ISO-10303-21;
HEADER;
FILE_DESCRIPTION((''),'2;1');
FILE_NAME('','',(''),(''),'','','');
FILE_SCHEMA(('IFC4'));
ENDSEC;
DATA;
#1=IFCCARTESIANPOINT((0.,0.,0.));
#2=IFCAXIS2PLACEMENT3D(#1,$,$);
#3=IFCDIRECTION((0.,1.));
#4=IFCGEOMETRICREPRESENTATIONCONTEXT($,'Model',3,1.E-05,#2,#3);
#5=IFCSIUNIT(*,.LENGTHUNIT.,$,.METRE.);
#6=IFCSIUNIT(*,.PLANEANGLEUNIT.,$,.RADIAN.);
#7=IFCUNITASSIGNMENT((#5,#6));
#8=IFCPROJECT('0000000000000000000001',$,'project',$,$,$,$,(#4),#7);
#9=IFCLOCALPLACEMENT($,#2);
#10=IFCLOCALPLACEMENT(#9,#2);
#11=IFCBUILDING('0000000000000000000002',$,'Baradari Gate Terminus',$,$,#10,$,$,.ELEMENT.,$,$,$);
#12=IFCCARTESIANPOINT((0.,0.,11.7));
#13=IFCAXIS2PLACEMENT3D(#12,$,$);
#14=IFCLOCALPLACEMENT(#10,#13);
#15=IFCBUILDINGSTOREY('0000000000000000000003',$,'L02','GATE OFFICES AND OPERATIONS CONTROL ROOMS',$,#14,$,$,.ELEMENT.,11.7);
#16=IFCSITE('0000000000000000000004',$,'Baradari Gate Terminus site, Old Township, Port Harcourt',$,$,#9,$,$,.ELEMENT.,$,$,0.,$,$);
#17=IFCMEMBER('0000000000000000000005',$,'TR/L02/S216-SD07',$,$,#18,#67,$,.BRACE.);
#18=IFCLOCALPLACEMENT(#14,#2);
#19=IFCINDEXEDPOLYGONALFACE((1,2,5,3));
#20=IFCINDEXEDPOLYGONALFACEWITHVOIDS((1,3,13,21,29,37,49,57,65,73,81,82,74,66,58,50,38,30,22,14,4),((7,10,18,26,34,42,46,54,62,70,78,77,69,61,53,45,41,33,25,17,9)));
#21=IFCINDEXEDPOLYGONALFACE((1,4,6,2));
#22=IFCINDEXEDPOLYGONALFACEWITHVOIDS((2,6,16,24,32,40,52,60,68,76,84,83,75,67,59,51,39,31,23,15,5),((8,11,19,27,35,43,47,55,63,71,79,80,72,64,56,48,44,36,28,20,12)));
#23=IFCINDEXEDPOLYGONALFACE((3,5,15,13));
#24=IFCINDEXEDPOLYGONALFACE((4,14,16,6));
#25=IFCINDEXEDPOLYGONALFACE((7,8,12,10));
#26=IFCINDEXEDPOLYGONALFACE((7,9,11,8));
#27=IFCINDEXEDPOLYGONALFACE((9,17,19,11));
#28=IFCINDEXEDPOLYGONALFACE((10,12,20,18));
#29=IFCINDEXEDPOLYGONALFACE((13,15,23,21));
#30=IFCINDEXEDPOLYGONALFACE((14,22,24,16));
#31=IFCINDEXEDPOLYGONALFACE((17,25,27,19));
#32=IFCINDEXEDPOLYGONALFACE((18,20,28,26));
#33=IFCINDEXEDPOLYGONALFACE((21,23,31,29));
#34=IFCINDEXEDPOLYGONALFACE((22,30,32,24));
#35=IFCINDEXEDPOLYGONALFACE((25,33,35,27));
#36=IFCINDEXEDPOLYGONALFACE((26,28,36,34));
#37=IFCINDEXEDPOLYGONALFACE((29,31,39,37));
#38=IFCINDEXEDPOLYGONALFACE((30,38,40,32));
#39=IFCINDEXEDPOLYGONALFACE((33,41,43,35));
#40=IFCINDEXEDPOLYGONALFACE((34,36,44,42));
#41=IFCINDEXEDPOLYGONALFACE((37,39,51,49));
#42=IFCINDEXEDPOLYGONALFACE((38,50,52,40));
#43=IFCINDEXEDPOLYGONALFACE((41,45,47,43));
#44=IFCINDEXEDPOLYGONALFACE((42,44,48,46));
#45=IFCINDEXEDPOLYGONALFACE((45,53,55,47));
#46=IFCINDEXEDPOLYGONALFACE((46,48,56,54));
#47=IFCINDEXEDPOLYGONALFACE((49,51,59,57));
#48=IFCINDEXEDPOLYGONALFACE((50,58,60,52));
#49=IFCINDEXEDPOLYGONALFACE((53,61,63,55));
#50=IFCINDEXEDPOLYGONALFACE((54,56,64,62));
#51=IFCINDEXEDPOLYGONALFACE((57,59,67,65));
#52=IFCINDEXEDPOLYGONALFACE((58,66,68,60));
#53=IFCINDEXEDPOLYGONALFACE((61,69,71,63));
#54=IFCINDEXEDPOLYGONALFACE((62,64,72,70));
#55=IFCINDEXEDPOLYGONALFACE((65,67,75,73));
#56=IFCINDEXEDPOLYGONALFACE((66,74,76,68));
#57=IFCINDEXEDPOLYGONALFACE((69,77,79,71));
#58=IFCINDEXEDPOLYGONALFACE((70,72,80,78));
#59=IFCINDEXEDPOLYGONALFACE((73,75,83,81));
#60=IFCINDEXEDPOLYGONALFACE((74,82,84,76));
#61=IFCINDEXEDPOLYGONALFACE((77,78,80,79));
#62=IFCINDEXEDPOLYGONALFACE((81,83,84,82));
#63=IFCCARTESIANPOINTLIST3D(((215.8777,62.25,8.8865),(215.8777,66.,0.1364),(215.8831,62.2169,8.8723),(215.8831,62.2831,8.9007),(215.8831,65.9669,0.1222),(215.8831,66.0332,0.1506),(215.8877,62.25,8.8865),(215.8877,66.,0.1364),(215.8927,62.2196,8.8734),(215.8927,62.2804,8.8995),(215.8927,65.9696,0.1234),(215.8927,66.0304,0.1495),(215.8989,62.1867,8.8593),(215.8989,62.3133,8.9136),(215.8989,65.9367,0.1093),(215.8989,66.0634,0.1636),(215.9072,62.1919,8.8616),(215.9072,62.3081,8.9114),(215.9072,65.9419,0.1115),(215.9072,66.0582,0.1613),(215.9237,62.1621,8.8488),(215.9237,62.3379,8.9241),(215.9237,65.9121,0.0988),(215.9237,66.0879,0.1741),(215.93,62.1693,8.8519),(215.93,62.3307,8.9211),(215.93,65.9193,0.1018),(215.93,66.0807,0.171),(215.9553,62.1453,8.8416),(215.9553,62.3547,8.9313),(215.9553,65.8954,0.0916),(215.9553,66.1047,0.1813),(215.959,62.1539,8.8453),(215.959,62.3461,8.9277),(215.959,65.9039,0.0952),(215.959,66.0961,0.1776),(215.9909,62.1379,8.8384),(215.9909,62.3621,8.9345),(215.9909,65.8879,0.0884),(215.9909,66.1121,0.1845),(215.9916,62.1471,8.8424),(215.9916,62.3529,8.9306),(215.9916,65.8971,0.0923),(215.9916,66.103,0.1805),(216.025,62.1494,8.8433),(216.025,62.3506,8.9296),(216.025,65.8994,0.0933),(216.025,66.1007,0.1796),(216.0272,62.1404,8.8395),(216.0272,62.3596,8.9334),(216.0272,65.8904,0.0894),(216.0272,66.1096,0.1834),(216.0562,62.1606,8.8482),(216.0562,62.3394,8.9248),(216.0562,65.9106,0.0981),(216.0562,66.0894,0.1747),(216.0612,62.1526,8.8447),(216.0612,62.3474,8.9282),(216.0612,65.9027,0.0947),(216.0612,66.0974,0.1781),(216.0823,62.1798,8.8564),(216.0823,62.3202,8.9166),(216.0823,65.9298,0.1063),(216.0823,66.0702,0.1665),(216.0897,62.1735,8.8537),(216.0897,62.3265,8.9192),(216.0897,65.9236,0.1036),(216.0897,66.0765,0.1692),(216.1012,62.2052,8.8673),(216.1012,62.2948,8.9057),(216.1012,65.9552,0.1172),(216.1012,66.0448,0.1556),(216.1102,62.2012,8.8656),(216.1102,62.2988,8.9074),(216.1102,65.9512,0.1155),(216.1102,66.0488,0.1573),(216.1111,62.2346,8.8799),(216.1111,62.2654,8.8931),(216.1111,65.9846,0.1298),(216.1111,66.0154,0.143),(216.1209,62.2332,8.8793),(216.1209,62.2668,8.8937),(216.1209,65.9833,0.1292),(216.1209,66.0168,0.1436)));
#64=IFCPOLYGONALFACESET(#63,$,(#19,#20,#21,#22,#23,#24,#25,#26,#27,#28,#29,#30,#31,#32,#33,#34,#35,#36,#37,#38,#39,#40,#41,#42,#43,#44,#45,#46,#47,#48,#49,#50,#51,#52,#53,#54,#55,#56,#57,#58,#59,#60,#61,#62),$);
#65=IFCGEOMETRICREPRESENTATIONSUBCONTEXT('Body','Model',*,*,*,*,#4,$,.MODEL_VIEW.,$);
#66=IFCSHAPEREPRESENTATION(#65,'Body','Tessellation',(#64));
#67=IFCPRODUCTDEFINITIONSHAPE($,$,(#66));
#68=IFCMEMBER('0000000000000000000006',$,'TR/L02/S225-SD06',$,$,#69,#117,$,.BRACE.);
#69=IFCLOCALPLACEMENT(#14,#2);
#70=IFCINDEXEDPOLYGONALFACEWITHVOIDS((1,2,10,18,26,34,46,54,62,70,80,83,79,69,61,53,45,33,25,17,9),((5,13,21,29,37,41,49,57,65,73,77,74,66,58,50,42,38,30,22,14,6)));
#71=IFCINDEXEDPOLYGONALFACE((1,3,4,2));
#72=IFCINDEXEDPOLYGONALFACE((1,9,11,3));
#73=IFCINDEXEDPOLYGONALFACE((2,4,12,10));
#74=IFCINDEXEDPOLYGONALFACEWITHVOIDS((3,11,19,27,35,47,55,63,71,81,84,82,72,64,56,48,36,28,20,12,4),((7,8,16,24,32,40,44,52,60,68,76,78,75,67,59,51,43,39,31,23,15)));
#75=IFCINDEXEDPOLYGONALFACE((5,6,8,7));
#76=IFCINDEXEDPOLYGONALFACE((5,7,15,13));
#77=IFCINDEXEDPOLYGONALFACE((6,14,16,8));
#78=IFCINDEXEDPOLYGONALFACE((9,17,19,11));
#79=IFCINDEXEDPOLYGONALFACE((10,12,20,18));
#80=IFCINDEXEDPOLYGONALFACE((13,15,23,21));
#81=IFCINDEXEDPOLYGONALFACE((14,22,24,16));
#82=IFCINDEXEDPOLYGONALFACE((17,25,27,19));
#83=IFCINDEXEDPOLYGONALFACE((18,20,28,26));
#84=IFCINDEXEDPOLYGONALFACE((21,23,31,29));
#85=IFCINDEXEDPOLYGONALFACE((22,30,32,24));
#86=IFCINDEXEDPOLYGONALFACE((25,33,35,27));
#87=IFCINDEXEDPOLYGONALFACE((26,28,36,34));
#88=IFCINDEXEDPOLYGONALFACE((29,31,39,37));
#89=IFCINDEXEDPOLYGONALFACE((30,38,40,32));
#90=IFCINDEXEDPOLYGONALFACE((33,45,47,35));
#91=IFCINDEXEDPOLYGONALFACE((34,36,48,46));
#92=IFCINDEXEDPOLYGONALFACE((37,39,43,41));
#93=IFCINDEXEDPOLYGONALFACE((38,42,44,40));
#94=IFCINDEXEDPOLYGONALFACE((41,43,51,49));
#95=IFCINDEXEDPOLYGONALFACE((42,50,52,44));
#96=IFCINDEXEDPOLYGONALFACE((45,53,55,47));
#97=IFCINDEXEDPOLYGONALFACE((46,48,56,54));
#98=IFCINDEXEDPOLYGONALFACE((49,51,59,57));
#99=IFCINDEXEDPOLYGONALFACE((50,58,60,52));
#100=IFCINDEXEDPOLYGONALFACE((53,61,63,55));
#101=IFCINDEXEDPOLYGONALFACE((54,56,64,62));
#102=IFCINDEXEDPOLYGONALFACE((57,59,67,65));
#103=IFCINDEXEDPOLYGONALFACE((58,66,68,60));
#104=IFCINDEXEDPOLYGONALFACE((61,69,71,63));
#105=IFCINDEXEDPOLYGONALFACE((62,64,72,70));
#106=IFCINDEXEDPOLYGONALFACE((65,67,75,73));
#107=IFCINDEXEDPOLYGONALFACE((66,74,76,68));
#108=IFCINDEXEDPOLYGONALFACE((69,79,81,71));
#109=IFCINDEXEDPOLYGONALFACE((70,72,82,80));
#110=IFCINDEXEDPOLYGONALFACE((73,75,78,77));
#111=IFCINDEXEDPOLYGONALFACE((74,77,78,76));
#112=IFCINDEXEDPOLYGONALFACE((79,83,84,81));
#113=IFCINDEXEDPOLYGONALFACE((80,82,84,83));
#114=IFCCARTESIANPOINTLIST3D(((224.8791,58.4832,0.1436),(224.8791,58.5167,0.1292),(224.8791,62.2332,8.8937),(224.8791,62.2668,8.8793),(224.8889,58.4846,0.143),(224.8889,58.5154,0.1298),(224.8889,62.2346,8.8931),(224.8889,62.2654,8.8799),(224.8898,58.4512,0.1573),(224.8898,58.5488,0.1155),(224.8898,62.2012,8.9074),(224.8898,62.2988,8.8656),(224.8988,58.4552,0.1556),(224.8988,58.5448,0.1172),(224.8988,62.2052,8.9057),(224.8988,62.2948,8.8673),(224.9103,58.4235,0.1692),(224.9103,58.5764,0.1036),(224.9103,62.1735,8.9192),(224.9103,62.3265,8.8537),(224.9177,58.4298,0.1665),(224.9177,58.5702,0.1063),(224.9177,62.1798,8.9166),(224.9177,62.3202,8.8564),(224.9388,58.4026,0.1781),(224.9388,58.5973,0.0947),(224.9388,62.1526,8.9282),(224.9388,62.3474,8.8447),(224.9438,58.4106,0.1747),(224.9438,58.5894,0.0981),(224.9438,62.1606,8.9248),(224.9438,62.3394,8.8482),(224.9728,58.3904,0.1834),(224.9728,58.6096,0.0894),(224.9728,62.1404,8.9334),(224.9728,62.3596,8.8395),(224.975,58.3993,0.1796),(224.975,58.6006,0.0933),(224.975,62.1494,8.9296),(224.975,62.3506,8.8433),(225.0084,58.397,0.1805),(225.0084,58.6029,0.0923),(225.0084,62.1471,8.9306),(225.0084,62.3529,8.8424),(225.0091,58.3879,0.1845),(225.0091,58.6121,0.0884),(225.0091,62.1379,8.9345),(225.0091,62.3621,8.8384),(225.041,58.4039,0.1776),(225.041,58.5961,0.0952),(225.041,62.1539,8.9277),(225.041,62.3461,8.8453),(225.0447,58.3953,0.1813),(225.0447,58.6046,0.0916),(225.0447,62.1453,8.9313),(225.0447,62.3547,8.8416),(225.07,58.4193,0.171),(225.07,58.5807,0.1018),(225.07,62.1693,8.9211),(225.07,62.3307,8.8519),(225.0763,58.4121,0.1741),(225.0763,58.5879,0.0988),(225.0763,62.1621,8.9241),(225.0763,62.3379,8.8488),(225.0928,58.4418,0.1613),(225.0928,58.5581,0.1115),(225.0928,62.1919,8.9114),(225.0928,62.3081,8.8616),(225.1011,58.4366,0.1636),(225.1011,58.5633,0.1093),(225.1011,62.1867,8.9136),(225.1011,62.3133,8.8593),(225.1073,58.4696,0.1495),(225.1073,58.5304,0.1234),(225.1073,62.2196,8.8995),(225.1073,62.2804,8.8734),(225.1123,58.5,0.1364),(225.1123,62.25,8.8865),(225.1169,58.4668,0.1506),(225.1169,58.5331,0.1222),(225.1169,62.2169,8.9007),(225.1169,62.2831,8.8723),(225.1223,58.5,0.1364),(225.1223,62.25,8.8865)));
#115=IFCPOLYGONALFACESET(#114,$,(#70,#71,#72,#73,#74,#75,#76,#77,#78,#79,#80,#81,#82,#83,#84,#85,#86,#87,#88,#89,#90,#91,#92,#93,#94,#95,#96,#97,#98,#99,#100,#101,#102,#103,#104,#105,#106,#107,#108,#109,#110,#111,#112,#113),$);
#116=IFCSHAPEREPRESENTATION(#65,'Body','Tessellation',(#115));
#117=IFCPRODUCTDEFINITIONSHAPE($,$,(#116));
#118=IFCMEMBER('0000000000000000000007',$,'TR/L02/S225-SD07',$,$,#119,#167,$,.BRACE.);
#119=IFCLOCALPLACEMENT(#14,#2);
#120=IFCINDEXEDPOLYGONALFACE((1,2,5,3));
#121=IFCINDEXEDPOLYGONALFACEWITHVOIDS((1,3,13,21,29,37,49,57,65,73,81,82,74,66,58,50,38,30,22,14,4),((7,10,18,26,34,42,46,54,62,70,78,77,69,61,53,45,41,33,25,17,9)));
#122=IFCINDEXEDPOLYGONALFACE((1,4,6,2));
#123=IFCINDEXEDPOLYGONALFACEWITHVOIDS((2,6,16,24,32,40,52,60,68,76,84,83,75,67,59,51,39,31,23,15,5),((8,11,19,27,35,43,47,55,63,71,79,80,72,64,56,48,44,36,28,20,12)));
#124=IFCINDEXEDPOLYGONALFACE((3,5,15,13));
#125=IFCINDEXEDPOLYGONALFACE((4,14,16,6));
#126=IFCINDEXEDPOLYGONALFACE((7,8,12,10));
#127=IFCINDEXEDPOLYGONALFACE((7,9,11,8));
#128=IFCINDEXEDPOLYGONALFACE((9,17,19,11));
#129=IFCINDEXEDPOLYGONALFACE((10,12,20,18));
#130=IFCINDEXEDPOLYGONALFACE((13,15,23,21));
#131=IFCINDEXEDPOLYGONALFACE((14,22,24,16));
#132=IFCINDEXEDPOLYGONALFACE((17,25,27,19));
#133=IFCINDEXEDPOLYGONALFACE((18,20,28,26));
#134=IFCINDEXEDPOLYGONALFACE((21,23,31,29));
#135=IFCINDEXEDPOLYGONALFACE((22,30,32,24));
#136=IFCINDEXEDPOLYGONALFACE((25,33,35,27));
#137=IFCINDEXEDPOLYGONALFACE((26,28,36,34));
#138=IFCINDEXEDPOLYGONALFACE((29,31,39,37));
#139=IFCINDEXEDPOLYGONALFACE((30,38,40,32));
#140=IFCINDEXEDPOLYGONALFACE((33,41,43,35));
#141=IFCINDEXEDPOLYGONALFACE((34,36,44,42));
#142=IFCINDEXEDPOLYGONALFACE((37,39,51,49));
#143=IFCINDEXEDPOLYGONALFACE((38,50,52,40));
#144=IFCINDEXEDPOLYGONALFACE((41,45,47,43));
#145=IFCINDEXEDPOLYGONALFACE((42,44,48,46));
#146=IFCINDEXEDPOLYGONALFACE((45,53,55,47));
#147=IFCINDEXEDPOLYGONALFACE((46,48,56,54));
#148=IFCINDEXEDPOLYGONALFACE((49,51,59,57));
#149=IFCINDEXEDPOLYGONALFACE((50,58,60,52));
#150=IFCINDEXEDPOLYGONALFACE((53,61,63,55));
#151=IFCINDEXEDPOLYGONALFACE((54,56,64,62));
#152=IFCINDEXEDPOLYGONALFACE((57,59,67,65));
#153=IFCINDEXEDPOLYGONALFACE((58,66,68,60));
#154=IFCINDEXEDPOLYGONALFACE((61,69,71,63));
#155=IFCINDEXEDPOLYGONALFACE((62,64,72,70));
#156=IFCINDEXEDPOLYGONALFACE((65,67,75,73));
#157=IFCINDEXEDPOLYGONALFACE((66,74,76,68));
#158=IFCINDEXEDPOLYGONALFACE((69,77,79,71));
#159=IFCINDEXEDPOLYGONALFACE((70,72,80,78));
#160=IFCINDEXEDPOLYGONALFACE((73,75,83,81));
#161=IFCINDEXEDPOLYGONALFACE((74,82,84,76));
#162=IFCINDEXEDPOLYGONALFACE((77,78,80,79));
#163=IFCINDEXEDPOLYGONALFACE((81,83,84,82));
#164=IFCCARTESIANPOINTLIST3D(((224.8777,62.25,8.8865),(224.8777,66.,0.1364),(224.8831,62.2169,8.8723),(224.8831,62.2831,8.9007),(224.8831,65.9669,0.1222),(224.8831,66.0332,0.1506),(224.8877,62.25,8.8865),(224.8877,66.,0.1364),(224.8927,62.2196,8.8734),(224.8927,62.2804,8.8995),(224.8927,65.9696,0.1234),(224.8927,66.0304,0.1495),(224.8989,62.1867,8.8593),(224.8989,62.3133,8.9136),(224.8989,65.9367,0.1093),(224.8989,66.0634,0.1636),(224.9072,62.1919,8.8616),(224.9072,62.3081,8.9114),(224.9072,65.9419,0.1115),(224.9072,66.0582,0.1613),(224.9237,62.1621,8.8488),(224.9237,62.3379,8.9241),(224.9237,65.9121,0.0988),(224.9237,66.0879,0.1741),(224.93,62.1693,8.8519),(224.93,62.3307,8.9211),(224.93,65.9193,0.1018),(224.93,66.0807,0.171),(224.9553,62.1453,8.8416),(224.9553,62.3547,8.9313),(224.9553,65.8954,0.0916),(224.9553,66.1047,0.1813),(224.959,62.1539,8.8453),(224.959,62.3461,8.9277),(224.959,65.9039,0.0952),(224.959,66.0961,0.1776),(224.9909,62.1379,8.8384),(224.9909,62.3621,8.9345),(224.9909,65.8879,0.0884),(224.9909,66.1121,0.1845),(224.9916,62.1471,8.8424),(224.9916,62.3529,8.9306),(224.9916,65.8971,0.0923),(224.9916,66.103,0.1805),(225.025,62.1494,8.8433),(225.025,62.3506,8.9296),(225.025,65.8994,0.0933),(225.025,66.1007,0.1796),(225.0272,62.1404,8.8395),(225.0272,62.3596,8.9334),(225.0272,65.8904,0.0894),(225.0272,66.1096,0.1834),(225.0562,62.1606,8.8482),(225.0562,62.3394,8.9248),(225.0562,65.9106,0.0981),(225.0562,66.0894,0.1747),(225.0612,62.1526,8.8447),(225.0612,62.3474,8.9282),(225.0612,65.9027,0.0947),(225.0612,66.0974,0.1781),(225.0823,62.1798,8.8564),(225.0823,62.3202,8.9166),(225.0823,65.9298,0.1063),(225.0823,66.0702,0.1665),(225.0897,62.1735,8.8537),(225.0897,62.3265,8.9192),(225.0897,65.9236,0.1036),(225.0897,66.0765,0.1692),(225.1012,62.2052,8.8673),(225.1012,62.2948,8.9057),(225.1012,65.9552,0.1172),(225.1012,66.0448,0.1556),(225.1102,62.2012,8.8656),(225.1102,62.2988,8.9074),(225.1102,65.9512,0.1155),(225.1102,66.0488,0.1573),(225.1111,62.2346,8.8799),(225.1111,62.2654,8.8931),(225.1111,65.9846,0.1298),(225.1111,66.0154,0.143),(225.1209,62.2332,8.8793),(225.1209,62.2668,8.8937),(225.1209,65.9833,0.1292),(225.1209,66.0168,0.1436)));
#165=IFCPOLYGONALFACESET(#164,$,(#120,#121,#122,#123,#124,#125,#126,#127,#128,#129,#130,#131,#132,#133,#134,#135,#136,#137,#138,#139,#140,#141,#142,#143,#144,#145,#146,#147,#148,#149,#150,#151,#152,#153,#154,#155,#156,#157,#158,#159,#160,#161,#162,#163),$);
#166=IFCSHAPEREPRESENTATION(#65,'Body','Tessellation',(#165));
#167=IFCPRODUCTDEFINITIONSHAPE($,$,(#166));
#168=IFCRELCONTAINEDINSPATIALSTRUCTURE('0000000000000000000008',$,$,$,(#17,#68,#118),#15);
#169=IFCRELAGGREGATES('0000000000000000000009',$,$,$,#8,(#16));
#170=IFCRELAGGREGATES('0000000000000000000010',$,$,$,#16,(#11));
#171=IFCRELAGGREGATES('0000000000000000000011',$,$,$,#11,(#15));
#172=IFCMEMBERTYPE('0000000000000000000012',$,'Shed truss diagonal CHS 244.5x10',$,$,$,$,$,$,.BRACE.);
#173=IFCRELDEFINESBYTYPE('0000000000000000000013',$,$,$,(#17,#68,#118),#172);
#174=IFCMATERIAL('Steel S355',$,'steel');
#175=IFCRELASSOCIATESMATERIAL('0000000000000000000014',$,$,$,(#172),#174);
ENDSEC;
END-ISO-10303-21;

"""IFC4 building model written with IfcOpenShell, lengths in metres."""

from ifc_helpers import new_model, si_unit, direction, frame, origin, origin_2d, place, context, subcontext, project, spatial, hollow_circle, extrude, material, material_profile, profile_set, type_object, element, save


model = new_model("IFC4")

# Units and contexts
model_context = context("Model", 3, precision=1e-05, world=origin(), true_north=direction((0.0, 1.0)))
body_context = subcontext(model_context, "Body", "Model", "MODEL_VIEW")
ifc_project = project(units=[si_unit("LENGTHUNIT", "METRE"), si_unit("PLANEANGLEUNIT", "RADIAN")], contexts=[model_context])

# Site, building, storey
site_placement = place(None, origin())
site = spatial("IfcSite", under=ifc_project, at=site_placement, Name="Baradari Gate Terminus site, Old Township, Port Harcourt", CompositionType="ELEMENT", RefElevation=0.0)
building_placement = place(site_placement, origin())
building = spatial("IfcBuilding", under=site, at=building_placement, Name="Baradari Gate Terminus", CompositionType="ELEMENT")
storey_placement = place(building_placement, frame((0.0, 0.0, 11.7)))
storey = spatial("IfcBuildingStorey", under=building, at=storey_placement, Name="L02", Description="GATE OFFICES AND OPERATIONS CONTROL ROOMS", CompositionType="ELEMENT", Elevation=11.7)

# Members
ifc_material_1 = material(Name="Steel S355", Category="steel")
ifc_material_profile_1 = material_profile(ifc_material_1, hollow_circle(Radius=0.1223, WallThickness=0.01, at=origin_2d()), Name="CHS 244.5x10")
ifc_profile_set_1 = profile_set([ifc_material_profile_1], Name="Steel S355")
member_type_1 = type_object("IfcMemberType", Name="Shed truss diagonal CHS 244.5x10", PredefinedType="BRACE", material=ifc_profile_set_1)
for number, where, z_axis, x_axis, name in (
    (1, (216.0, 62.25, 8.8865), (0.0, 0.393919, -0.919145), (-1.0, 0.0, 0.0), "TR/L02/S216-SD07"),
    (2, (225.0, 62.25, 8.8865), (0.0, -0.393919, -0.919145), (1.0, 0.0, 0.0), "TR/L02/S225-SD06"),
    (3, (225.0, 62.25, 8.8865), (0.0, 0.393919, -0.919145), (-1.0, 0.0, 0.0), "TR/L02/S225-SD07"),
):
    element("IfcMember", number, at=place(storey_placement, frame(where, z_axis=z_axis, x_axis=x_axis)), inside=storey, type_object=member_type_1, Name=name, PredefinedType="BRACE", context=body_context, shape_type="SweptSolid", body=[
        extrude(hollow_circle(Radius=0.1223, WallThickness=0.01, at=origin_2d()), origin(), (0.0, 0.0, 1.0), 9.5198),
    ])

save(model, "model.ifc")
